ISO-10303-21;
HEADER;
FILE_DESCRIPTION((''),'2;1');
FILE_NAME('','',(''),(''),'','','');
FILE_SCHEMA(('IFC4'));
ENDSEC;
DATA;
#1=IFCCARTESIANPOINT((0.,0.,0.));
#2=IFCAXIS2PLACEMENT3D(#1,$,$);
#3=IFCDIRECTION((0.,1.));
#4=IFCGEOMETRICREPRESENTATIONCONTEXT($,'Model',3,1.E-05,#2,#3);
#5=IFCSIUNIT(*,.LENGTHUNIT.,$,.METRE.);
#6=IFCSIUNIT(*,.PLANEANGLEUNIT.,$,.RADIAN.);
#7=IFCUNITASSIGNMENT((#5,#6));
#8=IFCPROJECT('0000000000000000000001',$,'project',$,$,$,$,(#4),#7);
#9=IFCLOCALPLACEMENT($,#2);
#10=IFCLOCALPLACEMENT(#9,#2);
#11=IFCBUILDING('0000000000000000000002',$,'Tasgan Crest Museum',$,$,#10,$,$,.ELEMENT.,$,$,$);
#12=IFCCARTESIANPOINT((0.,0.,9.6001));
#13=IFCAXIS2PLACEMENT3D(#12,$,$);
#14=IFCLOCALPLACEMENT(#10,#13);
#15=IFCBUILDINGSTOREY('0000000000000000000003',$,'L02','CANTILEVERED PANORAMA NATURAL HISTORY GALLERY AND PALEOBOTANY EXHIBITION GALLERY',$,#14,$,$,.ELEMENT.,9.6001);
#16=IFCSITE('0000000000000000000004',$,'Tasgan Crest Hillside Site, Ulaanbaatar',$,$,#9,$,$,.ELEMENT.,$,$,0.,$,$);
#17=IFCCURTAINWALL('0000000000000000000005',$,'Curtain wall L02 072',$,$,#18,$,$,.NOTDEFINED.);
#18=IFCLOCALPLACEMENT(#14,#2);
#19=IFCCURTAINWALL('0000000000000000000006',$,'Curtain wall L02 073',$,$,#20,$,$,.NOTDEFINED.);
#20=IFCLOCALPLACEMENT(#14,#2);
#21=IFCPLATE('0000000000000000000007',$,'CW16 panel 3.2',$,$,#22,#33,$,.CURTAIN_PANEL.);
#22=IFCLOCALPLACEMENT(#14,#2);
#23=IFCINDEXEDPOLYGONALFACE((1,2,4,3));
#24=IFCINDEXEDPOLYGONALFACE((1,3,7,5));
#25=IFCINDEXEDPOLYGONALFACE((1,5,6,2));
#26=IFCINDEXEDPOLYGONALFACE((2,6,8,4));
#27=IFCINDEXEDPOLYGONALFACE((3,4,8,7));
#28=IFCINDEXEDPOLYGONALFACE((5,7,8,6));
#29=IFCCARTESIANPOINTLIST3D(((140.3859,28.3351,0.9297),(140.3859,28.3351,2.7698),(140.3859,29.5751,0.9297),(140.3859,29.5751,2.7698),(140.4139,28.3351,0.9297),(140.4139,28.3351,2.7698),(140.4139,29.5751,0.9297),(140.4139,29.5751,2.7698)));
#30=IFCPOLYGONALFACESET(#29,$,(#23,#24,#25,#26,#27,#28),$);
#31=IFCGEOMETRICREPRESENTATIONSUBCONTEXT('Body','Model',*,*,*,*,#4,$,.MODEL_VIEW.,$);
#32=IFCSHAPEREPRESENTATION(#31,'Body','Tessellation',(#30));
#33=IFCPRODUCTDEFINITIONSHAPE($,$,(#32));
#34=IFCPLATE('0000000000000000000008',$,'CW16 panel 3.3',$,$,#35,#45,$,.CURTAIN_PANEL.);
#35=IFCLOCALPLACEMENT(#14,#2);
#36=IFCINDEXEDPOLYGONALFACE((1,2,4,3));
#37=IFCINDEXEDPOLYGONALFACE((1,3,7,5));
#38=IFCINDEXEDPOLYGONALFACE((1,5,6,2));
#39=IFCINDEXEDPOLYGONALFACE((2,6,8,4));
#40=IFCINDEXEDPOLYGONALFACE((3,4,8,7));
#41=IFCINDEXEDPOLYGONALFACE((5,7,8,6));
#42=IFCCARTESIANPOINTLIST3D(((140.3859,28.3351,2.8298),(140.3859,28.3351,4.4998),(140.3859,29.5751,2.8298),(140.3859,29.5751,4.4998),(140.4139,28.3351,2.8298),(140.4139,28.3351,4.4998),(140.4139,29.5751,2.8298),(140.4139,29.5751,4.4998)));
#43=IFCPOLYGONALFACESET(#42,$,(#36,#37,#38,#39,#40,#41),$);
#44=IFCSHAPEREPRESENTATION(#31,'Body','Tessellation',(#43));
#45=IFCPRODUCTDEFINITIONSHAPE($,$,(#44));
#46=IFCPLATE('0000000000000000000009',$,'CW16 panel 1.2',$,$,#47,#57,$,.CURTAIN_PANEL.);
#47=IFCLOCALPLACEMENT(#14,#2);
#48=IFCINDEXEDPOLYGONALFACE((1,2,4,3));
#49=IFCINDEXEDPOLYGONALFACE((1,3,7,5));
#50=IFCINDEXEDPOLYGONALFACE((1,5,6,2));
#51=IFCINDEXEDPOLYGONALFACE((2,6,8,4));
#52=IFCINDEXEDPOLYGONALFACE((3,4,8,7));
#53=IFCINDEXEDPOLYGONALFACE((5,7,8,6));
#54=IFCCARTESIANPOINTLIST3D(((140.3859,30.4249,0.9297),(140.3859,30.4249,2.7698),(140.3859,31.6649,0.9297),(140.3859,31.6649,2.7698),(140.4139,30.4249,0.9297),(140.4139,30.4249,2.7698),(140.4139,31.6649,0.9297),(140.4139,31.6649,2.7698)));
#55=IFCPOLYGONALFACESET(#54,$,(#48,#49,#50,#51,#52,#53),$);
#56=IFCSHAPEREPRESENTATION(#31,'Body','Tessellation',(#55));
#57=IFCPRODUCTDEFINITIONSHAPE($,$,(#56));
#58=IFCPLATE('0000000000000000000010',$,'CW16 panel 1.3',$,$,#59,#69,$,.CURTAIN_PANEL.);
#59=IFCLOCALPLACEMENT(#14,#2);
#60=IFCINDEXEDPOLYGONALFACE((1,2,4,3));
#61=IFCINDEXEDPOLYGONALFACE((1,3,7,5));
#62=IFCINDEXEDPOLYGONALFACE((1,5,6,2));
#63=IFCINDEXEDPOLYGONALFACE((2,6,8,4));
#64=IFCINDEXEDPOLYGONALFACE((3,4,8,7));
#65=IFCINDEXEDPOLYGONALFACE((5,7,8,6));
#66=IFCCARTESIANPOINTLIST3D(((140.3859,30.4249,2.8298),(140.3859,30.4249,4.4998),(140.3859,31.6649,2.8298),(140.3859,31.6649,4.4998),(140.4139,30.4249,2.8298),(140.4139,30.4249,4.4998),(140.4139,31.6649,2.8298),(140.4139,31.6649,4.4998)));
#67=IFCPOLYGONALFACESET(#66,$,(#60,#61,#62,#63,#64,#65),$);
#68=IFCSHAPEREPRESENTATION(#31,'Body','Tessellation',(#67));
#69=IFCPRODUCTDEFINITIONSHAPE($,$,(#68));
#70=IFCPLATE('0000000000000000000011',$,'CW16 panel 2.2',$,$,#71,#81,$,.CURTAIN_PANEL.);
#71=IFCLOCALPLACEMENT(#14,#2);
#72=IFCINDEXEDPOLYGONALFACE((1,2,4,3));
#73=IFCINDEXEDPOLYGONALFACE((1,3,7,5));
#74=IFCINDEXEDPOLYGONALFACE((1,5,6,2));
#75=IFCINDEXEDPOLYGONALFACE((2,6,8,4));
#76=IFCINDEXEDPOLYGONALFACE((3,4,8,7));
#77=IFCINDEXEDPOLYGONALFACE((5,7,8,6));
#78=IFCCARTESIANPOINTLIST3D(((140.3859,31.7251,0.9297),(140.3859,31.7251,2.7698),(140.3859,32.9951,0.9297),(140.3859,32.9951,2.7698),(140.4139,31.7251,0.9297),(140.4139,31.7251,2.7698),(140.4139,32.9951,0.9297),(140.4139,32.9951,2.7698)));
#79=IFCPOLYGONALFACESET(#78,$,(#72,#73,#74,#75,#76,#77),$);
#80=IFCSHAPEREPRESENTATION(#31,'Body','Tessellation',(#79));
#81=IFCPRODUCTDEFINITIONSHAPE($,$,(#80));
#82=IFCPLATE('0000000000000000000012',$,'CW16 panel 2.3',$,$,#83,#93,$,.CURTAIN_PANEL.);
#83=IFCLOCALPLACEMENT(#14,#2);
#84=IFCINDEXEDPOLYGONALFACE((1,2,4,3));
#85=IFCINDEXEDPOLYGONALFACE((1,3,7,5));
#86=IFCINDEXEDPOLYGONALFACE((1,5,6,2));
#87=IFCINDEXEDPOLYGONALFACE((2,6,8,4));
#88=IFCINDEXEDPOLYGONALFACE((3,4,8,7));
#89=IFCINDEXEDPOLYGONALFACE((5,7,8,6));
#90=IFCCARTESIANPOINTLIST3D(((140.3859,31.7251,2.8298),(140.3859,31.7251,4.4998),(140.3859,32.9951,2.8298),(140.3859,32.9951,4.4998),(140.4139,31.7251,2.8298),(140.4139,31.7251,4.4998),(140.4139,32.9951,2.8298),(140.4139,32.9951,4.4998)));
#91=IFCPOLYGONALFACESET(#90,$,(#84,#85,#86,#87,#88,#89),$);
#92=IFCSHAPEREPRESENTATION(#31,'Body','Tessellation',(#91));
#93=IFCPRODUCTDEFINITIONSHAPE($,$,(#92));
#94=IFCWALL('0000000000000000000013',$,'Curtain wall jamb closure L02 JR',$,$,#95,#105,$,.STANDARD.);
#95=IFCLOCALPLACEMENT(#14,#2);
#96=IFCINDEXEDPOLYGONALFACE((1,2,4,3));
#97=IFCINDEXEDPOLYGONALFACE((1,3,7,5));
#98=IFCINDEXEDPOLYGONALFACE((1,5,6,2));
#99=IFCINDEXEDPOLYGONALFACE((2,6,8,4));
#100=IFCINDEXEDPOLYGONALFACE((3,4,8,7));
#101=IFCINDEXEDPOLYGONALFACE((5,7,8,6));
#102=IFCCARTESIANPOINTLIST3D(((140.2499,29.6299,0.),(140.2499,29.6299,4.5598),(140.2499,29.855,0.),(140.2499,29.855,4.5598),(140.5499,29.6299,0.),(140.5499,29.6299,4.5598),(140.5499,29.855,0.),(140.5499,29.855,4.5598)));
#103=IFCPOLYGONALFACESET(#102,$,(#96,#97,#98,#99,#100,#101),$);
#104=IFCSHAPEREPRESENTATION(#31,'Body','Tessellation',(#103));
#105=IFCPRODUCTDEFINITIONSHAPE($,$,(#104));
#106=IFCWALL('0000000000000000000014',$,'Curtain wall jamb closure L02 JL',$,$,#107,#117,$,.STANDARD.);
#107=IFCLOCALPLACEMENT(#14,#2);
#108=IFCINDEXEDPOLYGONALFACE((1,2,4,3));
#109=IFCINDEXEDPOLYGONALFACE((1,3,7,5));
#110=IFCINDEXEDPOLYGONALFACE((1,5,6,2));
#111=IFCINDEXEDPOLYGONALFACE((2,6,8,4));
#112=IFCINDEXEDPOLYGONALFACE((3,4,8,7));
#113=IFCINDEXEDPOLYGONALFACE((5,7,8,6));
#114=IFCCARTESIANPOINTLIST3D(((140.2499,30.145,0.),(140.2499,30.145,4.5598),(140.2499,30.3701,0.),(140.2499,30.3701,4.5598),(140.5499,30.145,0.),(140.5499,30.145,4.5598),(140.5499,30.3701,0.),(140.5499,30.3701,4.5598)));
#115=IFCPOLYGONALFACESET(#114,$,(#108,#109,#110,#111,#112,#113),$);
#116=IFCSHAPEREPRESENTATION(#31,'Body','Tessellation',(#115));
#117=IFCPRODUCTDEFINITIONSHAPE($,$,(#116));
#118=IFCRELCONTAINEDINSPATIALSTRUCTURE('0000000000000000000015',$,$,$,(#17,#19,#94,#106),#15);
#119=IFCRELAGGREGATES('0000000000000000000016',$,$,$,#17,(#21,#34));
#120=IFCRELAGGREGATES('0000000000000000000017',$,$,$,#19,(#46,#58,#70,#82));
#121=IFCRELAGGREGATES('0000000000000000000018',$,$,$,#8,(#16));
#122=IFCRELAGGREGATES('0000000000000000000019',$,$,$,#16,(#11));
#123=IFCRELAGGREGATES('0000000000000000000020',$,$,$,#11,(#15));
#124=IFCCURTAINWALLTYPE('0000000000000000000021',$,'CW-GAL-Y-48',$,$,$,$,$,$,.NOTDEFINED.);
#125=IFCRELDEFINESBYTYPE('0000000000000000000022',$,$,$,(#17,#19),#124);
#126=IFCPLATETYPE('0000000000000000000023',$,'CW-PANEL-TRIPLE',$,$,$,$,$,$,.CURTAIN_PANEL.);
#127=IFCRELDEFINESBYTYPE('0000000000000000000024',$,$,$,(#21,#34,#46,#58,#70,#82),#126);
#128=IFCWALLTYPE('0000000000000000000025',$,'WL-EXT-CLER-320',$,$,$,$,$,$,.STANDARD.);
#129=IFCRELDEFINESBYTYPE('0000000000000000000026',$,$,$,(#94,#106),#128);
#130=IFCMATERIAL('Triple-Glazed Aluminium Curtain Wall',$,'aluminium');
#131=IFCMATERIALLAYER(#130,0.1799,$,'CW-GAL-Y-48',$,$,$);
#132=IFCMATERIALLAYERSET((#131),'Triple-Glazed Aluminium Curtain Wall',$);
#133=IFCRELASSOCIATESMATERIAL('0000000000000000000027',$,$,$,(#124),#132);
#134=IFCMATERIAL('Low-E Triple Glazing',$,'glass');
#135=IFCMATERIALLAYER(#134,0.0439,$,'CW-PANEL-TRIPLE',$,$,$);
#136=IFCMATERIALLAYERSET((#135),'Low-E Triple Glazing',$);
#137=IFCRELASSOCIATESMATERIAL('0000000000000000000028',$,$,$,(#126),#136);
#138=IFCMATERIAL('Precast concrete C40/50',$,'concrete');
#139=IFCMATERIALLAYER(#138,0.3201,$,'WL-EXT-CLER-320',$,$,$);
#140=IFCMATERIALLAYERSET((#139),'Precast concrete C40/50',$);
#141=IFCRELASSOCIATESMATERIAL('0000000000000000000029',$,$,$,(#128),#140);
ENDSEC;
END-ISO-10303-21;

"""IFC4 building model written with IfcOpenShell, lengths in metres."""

from ifc_helpers import new_model, si_unit, direction, frame, frame_2d, origin, origin_2d, place, context, subcontext, project, spatial, rectangle, extrude, material, layer, layer_set, type_object, element, aggregate, save


model = new_model("IFC4")

# Units and contexts
model_context = context("Model", 3, precision=1e-05, world=origin(), true_north=direction((0.0, 1.0)))
body_context = subcontext(model_context, "Body", "Model", "MODEL_VIEW")
ifc_project = project(units=[si_unit("LENGTHUNIT", "METRE"), si_unit("PLANEANGLEUNIT", "RADIAN")], contexts=[model_context])

# Site, building, storey
site_placement = place(None, origin())
site = spatial("IfcSite", under=ifc_project, at=site_placement, Name="Tasgan Crest Hillside Site, Ulaanbaatar", CompositionType="ELEMENT", RefElevation=0.0)
building_placement = place(site_placement, origin())
building = spatial("IfcBuilding", under=site, at=building_placement, Name="Tasgan Crest Museum", CompositionType="ELEMENT")
storey_placement = place(building_placement, frame((0.0, 0.0, 9.6001)))
storey = spatial("IfcBuildingStorey", under=building, at=storey_placement, Name="L02", Description="CANTILEVERED PANORAMA NATURAL HISTORY GALLERY AND PALEOBOTANY EXHIBITION GALLERY", CompositionType="ELEMENT", Elevation=9.6001)

# Curtain walls
ifc_material_1 = material(Name="Triple-Glazed Aluminium Curtain Wall", Category="aluminium")
ifc_layer_1 = layer(ifc_material_1, 0.1799, Name="CW-GAL-Y-48")
ifc_layer_set_1 = layer_set([ifc_layer_1], Name="Triple-Glazed Aluminium Curtain Wall")
curtain_wall_type = type_object("IfcCurtainWallType", Name="CW-GAL-Y-48", PredefinedType="NOTDEFINED", material=ifc_layer_set_1)
curtain_wall_1_placement = place(storey_placement, origin())
curtain_wall_1 = element("IfcCurtainWall", 1, at=curtain_wall_1_placement, inside=storey, type_object=curtain_wall_type, Name="Curtain wall L02 072", PredefinedType="NOTDEFINED")
curtain_wall_2_placement = place(storey_placement, origin())
curtain_wall_2 = element("IfcCurtainWall", 2, at=curtain_wall_2_placement, inside=storey, type_object=curtain_wall_type, Name="Curtain wall L02 073", PredefinedType="NOTDEFINED")

# Plates
ifc_material_2 = material(Name="Low-E Triple Glazing", Category="glass")
ifc_layer_2 = layer(ifc_material_2, 0.0439, Name="CW-PANEL-TRIPLE")
ifc_layer_set_2 = layer_set([ifc_layer_2], Name="Low-E Triple Glazing")
plate_type_1 = type_object("IfcPlateType", Name="CW-PANEL-TRIPLE", PredefinedType="CURTAIN_PANEL", material=ifc_layer_set_2)
plate_1_placement = place(storey_placement, frame((140.3999, 28.9551, 0.9297), z_axis=(0.0, 0.0, 1.0), x_axis=(0.0, 1.0, 0.0)))
plate_1 = element("IfcPlate", 3, at=plate_1_placement, type_object=plate_type_1, Name="CW16 panel 3.2", PredefinedType="CURTAIN_PANEL", context=body_context, shape_type="SweptSolid", body=[
    extrude(rectangle(XDim=1.24, YDim=0.0281, at=origin_2d()), origin(), (0.0, 0.0, 1.0), 1.8401),
])
plate_2_placement = place(storey_placement, frame((140.3999, 28.9551, 2.8298), z_axis=(0.0, 0.0, 1.0), x_axis=(0.0, 1.0, 0.0)))
plate_2 = element("IfcPlate", 4, at=plate_2_placement, type_object=plate_type_1, Name="CW16 panel 3.3", PredefinedType="CURTAIN_PANEL", context=body_context, shape_type="SweptSolid", body=[
    extrude(rectangle(XDim=1.24, YDim=0.0281, at=origin_2d()), origin(), (0.0, 0.0, 1.0), 1.6699),
])
aggregate(curtain_wall_1, [plate_1, plate_2])
plate_3_placement = place(storey_placement, frame((140.3999, 31.0449, 0.9297), z_axis=(0.0, 0.0, 1.0), x_axis=(0.0, 1.0, 0.0)))
plate_3 = element("IfcPlate", 5, at=plate_3_placement, type_object=plate_type_1, Name="CW16 panel 1.2", PredefinedType="CURTAIN_PANEL", context=body_context, shape_type="SweptSolid", body=[
    extrude(rectangle(XDim=1.24, YDim=0.0281, at=origin_2d()), origin(), (0.0, 0.0, 1.0), 1.8401),
])
plate_4_placement = place(storey_placement, frame((140.3999, 31.0449, 2.8298), z_axis=(0.0, 0.0, 1.0), x_axis=(0.0, 1.0, 0.0)))
plate_4 = element("IfcPlate", 6, at=plate_4_placement, type_object=plate_type_1, Name="CW16 panel 1.3", PredefinedType="CURTAIN_PANEL", context=body_context, shape_type="SweptSolid", body=[
    extrude(rectangle(XDim=1.24, YDim=0.0281, at=origin_2d()), origin(), (0.0, 0.0, 1.0), 1.6699),
])
plate_5_placement = place(storey_placement, frame((140.3999, 32.3601, 0.9297), z_axis=(0.0, 0.0, 1.0), x_axis=(0.0, 1.0, 0.0)))
plate_5 = element("IfcPlate", 7, at=plate_5_placement, type_object=plate_type_1, Name="CW16 panel 2.2", PredefinedType="CURTAIN_PANEL", context=body_context, shape_type="SweptSolid", body=[
    extrude(rectangle(XDim=1.27, YDim=0.0281, at=origin_2d()), origin(), (0.0, 0.0, 1.0), 1.8401),
])
plate_6_placement = place(storey_placement, frame((140.3999, 32.3601, 2.8298), z_axis=(0.0, 0.0, 1.0), x_axis=(0.0, 1.0, 0.0)))
plate_6 = element("IfcPlate", 8, at=plate_6_placement, type_object=plate_type_1, Name="CW16 panel 2.3", PredefinedType="CURTAIN_PANEL", context=body_context, shape_type="SweptSolid", body=[
    extrude(rectangle(XDim=1.27, YDim=0.0281, at=origin_2d()), origin(), (0.0, 0.0, 1.0), 1.6699),
])
aggregate(curtain_wall_2, [plate_3, plate_4, plate_5, plate_6])

# Walls
ifc_material_3 = material(Name="Precast concrete C40/50", Category="concrete")
ifc_layer_3 = layer(ifc_material_3, 0.3201, Name="WL-EXT-CLER-320")
ifc_layer_set_3 = layer_set([ifc_layer_3], Name="Precast concrete C40/50")
wall_type = type_object("IfcWallType", Name="WL-EXT-CLER-320", PredefinedType="STANDARD", material=ifc_layer_set_3)
for number, where, z_axis, x_axis, name in (
    (9, (140.3999, 29.6299, 0.0), (0.0, 0.0, 1.0), (0.0, 1.0, 0.0), "Curtain wall jamb closure L02 JR"),
    (10, (140.3999, 30.145, 0.0), (0.0, 0.0, 1.0), (0.0, 1.0, 0.0), "Curtain wall jamb closure L02 JL"),
):
    element("IfcWall", number, at=place(storey_placement, frame(where, z_axis=z_axis, x_axis=x_axis)), inside=storey, type_object=wall_type, Name=name, PredefinedType="STANDARD", context=body_context, shape_type="SweptSolid", body=[
        extrude(rectangle(XDim=0.2251, YDim=0.3, at=frame_2d((0.1125, 0.0))), origin(), (0.0, 0.0, 1.0), 4.5598),
    ])

save(model, "model.ifc")
